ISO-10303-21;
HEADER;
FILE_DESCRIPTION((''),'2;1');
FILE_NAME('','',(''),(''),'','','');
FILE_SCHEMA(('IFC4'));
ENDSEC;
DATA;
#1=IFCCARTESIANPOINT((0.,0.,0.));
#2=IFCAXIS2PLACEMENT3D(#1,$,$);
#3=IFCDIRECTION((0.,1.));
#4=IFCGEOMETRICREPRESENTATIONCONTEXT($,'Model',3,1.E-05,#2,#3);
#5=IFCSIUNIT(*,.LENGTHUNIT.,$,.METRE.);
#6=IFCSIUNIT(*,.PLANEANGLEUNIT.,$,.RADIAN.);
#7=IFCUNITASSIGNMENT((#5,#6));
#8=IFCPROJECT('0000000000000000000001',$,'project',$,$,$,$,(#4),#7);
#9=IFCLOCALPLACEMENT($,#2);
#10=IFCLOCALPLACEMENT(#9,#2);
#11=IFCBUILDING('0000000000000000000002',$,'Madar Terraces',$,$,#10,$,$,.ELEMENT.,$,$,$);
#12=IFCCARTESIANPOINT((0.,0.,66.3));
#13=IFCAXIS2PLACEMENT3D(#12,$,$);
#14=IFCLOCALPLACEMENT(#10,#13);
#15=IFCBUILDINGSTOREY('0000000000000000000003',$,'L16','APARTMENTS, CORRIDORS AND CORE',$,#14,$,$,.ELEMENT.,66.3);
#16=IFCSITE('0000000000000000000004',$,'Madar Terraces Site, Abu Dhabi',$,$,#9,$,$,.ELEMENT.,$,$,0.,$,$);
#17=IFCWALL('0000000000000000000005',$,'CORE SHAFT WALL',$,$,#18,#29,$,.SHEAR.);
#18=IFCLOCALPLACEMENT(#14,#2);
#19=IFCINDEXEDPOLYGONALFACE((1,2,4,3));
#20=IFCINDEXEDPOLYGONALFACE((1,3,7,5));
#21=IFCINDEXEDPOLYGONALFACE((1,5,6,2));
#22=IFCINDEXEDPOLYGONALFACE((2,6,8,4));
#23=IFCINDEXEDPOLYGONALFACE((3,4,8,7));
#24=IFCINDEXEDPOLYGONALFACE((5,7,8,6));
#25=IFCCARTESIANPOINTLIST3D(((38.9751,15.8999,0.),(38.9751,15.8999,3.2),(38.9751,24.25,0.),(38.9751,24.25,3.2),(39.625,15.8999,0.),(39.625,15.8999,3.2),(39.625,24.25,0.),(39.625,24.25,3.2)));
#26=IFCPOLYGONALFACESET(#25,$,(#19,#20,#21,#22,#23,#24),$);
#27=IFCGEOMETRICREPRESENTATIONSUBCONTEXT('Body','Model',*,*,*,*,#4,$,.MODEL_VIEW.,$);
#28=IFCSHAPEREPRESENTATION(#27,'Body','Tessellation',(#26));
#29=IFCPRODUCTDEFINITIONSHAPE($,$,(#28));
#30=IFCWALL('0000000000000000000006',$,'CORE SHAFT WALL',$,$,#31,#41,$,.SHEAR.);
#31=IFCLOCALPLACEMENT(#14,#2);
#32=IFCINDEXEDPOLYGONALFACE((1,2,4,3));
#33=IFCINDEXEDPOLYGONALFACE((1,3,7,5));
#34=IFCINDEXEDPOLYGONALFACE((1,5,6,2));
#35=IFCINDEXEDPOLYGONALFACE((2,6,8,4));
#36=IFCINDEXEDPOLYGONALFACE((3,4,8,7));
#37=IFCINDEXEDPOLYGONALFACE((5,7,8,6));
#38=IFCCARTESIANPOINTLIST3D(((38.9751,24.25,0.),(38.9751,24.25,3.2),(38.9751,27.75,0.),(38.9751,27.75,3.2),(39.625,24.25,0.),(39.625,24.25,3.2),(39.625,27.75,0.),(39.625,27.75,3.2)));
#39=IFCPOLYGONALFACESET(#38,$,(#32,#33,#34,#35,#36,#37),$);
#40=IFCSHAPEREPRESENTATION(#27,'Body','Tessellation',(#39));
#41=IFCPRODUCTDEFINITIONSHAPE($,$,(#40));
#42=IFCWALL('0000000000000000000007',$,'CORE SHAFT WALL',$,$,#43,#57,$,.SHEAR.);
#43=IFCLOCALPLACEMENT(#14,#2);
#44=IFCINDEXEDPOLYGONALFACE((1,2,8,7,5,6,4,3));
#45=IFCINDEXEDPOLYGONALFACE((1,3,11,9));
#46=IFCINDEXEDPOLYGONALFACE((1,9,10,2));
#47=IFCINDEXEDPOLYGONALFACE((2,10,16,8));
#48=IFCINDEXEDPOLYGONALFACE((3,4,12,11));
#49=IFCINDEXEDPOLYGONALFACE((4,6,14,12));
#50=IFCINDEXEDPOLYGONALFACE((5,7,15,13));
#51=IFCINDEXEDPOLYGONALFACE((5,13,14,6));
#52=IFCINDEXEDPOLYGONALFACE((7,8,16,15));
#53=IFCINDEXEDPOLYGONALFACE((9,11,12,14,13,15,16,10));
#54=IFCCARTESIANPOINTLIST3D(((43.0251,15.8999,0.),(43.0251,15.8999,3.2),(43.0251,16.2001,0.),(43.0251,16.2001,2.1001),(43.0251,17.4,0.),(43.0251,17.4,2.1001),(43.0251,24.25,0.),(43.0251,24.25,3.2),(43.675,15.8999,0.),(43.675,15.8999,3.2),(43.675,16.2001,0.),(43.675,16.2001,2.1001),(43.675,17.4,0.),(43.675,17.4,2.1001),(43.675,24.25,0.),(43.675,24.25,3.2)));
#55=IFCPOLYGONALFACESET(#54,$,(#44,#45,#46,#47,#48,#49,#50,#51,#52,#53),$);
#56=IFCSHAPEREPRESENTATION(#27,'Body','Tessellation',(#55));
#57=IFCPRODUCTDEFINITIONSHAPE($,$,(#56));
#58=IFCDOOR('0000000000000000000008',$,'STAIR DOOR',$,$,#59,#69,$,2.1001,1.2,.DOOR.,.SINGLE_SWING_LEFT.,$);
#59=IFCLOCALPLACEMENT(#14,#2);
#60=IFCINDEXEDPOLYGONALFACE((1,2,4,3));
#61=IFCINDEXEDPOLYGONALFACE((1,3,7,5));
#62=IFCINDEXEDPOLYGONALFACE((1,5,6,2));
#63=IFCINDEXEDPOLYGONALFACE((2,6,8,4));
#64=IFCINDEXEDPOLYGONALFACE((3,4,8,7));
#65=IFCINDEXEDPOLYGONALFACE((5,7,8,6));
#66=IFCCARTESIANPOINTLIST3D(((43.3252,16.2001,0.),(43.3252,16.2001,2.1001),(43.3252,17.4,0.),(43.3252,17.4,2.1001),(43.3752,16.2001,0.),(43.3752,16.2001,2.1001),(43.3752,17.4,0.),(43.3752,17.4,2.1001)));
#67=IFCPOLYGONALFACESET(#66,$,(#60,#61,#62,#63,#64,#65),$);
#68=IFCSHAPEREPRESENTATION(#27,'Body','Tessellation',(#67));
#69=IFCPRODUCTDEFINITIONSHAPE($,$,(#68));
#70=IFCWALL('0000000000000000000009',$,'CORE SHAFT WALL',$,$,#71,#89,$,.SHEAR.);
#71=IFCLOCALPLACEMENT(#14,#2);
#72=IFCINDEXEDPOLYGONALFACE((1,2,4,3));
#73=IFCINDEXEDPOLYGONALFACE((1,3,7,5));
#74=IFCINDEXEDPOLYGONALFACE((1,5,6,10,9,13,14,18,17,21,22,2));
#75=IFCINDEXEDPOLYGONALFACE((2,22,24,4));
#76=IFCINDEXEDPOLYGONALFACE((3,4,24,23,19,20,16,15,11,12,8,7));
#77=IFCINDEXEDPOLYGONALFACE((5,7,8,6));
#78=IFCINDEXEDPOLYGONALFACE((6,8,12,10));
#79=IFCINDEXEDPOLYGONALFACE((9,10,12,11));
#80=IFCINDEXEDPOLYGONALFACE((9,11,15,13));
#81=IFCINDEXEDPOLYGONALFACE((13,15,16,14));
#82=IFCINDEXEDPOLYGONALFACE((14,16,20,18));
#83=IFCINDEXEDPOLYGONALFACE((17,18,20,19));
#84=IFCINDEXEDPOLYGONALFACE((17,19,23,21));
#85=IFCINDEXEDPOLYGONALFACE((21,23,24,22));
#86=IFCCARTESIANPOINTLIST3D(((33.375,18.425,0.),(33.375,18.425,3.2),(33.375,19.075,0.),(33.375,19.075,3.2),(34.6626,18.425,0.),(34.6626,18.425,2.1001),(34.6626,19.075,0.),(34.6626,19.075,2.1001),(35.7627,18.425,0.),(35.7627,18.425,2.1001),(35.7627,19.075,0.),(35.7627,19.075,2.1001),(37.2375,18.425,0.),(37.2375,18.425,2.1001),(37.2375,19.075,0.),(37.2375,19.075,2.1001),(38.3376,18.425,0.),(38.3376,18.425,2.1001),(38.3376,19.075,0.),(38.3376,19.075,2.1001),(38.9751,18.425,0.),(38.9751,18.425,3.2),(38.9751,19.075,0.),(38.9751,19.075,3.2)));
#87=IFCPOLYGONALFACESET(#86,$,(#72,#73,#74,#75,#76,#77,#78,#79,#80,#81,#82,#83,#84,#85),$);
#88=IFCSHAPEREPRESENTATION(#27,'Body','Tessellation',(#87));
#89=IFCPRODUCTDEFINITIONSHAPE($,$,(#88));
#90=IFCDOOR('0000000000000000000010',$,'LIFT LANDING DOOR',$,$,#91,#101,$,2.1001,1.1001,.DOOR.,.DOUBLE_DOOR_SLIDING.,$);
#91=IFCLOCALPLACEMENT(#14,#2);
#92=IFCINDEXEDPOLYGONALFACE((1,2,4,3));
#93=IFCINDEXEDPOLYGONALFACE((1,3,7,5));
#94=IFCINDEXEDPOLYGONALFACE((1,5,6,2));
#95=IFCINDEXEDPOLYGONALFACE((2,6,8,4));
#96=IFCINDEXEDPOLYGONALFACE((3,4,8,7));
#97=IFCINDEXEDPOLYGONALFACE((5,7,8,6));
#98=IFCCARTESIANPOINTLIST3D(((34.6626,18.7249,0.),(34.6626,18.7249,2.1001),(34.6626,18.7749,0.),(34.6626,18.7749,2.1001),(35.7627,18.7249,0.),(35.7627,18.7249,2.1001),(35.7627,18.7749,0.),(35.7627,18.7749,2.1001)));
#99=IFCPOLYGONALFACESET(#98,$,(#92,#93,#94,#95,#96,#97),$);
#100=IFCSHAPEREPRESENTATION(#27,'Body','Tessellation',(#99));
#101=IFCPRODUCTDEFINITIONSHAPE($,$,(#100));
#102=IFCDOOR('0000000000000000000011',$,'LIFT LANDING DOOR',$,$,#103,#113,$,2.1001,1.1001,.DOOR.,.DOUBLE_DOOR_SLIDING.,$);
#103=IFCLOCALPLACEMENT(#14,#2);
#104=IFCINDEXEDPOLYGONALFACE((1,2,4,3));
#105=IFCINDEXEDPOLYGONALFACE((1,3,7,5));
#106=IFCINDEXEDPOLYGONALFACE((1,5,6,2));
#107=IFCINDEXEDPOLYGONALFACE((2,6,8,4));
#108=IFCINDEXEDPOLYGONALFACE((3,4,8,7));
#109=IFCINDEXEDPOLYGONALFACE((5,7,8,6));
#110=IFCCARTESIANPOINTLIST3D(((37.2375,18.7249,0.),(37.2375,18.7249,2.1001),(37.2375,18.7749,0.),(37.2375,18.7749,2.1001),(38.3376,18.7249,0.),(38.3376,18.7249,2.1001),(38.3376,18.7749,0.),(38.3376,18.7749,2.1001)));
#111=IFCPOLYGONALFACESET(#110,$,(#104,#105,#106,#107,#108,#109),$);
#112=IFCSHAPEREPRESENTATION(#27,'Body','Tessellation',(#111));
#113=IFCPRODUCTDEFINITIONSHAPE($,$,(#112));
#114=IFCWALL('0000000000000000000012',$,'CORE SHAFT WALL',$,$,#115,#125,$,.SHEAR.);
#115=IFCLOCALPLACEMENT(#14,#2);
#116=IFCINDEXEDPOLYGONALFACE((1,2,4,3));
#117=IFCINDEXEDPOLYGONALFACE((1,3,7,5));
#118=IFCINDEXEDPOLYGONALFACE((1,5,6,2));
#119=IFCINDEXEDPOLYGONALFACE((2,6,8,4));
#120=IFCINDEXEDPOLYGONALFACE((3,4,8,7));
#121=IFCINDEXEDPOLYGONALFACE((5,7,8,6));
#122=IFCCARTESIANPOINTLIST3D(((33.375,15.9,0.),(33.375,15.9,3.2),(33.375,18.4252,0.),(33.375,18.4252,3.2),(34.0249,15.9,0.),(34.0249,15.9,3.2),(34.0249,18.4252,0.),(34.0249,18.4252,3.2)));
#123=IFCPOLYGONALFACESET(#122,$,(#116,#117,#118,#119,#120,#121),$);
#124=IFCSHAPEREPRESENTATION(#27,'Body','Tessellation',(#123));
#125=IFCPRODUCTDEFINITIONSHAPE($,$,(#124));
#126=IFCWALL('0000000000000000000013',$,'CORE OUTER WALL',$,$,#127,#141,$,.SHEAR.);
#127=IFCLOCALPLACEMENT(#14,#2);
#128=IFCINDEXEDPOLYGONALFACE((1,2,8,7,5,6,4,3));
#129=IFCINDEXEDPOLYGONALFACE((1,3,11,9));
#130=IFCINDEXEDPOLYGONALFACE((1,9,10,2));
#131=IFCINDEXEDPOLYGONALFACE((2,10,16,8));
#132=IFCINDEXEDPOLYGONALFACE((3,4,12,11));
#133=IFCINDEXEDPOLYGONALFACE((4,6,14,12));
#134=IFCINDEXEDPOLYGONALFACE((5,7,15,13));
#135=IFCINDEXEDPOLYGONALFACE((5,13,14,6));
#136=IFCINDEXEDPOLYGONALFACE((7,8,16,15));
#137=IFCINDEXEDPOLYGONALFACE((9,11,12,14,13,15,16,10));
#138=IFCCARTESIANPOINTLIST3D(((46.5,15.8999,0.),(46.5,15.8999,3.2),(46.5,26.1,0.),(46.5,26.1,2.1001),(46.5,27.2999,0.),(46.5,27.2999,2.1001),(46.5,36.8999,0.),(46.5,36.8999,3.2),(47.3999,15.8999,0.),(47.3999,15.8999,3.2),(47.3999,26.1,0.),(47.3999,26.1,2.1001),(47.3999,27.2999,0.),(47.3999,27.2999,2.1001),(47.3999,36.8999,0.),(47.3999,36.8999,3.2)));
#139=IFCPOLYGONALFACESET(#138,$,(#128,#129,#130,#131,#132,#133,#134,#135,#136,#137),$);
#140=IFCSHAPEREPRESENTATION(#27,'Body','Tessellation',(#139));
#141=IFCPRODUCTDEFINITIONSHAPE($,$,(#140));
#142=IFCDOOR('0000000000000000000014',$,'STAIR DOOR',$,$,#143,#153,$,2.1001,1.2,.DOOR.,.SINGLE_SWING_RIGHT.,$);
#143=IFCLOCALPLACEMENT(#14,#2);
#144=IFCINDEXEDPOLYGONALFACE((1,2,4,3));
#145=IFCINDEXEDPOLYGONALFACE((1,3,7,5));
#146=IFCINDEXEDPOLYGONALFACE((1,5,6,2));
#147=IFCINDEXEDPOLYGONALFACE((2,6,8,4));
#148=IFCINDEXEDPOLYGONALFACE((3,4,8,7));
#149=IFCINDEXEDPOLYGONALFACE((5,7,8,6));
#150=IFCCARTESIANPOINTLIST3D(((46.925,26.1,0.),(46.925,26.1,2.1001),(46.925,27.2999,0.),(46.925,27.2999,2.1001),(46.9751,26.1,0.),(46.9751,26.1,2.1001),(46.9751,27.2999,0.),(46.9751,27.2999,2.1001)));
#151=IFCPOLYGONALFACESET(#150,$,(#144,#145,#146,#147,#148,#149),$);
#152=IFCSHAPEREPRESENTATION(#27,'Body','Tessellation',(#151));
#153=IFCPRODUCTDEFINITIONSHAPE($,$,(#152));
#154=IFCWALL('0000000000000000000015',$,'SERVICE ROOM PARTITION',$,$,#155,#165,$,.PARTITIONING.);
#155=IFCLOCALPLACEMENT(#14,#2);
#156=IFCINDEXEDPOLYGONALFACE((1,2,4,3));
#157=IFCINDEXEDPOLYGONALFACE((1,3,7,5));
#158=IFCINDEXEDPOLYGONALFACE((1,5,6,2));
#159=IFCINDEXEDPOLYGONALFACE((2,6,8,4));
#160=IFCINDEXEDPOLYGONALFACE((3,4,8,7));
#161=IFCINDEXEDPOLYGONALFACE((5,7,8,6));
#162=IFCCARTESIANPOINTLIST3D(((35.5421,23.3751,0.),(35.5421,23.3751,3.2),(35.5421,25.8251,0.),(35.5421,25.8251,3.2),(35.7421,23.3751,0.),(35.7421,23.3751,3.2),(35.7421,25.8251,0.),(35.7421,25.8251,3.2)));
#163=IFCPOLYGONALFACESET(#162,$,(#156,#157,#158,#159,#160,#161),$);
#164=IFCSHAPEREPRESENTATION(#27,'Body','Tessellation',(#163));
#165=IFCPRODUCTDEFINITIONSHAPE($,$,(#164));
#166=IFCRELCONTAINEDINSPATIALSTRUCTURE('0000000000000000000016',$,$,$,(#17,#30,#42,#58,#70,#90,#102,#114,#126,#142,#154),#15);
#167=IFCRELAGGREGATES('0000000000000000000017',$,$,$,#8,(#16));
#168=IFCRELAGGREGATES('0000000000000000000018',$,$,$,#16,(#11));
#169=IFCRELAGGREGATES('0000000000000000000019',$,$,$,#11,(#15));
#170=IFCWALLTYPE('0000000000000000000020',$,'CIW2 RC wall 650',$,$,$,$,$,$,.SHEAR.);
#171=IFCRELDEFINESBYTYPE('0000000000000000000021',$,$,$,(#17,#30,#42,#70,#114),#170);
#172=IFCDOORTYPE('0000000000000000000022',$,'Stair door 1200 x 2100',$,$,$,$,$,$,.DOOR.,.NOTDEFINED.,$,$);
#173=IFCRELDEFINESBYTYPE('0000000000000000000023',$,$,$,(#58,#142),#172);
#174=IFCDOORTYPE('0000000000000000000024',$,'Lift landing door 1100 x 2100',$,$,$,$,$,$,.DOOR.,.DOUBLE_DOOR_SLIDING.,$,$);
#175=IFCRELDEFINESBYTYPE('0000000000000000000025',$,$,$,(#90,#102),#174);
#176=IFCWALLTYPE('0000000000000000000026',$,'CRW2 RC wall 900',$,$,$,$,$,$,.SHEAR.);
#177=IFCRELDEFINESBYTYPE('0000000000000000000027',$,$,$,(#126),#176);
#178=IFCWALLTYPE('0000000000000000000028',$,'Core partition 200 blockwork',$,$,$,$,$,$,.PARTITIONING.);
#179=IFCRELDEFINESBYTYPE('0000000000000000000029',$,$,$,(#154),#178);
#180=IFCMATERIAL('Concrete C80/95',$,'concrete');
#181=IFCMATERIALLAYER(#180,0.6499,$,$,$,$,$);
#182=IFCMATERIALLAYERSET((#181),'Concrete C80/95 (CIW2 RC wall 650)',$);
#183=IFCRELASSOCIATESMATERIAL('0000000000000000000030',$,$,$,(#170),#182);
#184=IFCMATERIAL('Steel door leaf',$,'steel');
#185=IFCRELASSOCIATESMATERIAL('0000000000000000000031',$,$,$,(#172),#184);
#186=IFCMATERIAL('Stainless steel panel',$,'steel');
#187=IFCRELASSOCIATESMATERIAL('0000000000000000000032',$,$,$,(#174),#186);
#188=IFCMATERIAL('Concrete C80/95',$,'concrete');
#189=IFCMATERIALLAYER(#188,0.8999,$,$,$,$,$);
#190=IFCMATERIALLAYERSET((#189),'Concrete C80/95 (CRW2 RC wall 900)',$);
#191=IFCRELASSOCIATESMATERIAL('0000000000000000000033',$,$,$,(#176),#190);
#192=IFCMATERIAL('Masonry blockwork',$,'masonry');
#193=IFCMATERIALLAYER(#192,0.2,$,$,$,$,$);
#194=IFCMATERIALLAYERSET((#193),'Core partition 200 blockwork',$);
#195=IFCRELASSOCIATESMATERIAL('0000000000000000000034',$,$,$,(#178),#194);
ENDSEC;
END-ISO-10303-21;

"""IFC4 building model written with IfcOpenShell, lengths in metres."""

from ifc_helpers import new_model, si_unit, direction, frame, frame_2d, origin, place, context, subcontext, project, spatial, rectangle, extrude, material, layer, layer_set, type_object, element, fill, save


model = new_model("IFC4")

# Units and contexts
model_context = context("Model", 3, precision=1e-05, world=origin(), true_north=direction((0.0, 1.0)))
body_context = subcontext(model_context, "Body", "Model", "MODEL_VIEW")
ifc_project = project(units=[si_unit("LENGTHUNIT", "METRE"), si_unit("PLANEANGLEUNIT", "RADIAN")], contexts=[model_context])

# Site, building, storey
site_placement = place(None, origin())
site = spatial("IfcSite", under=ifc_project, at=site_placement, Name="Madar Terraces Site, Abu Dhabi", CompositionType="ELEMENT", RefElevation=0.0)
building_placement = place(site_placement, origin())
building = spatial("IfcBuilding", under=site, at=building_placement, Name="Madar Terraces", CompositionType="ELEMENT")
storey_placement = place(building_placement, frame((0.0, 0.0, 66.3)))
storey = spatial("IfcBuildingStorey", under=building, at=storey_placement, Name="L16", Description="APARTMENTS, CORRIDORS AND CORE", CompositionType="ELEMENT", Elevation=66.3)

# Walls
ifc_material_1 = material(Name="Concrete C80/95", Category="concrete")
ifc_layer_1 = layer(ifc_material_1, 0.6499)
ifc_layer_set_1 = layer_set([ifc_layer_1], Name="Concrete C80/95 (CIW2 RC wall 650)")
wall_type_1 = type_object("IfcWallType", Name="CIW2 RC wall 650", PredefinedType="SHEAR", material=ifc_layer_set_1)
wall_1_placement = place(storey_placement, frame((39.3, 15.8999, 0.0), z_axis=(0.0, 0.0, 1.0), x_axis=(0.0, 1.0, 0.0)))
element("IfcWall", 1, at=wall_1_placement, inside=storey, type_object=wall_type_1, Name="CORE SHAFT WALL", PredefinedType="SHEAR", context=body_context, shape_type="SweptSolid", body=[
    extrude(rectangle(XDim=8.3501, YDim=0.6499, at=frame_2d((4.175, 0.0))), origin(), (0.0, 0.0, 1.0), 3.2),
])
wall_2_placement = place(storey_placement, frame((39.3, 24.25, 0.0), z_axis=(0.0, 0.0, 1.0), x_axis=(0.0, 1.0, 0.0)))
element("IfcWall", 2, at=wall_2_placement, inside=storey, type_object=wall_type_1, Name="CORE SHAFT WALL", PredefinedType="SHEAR", context=body_context, shape_type="SweptSolid", body=[
    extrude(rectangle(XDim=3.5, YDim=0.6499, at=frame_2d((1.75, 0.0))), origin(), (0.0, 0.0, 1.0), 3.2),
])

# Wall, opening, door
wall_3_placement = place(storey_placement, frame((43.3501, 15.8999, 0.0), z_axis=(0.0, 0.0, 1.0), x_axis=(0.0, 1.0, 0.0)))
wall_3 = element("IfcWall", 3, at=wall_3_placement, inside=storey, type_object=wall_type_1, Name="CORE SHAFT WALL", PredefinedType="SHEAR", context=body_context, shape_type="SweptSolid", body=[
    extrude(rectangle(XDim=8.3501, YDim=0.6499, at=frame_2d((4.175, 0.0))), origin(), (0.0, 0.0, 1.0), 3.2),
])
opening_1_placement = place(wall_3_placement, frame((0.3, 0.0, 0.0)))
opening_1 = element("IfcOpeningElement", 4, at=opening_1_placement, cuts=wall_3, PredefinedType="OPENING", context=body_context, shape_type="SweptSolid", body=[
    extrude(rectangle(XDim=1.2, YDim=2.1001, at=frame_2d((0.6001, 1.05))), frame((0.0, 0.335, 0.0), z_axis=(0.0, -1.0, 0.0), x_axis=(1.0, 0.0, 0.0)), (0.0, 0.0, 1.0), 0.6699),
])
ifc_material_2 = material(Name="Steel door leaf", Category="steel")
door_type_1 = type_object("IfcDoorType", Name="Stair door 1200 x 2100", OperationType="NOTDEFINED", PredefinedType="DOOR", material=ifc_material_2)
door_1_placement = place(opening_1_placement, origin())
door_1 = element("IfcDoor", 5, at=door_1_placement, inside=storey, type_object=door_type_1, Name="STAIR DOOR", OperationType="SINGLE_SWING_LEFT", OverallHeight=2.1001, OverallWidth=1.2, PredefinedType="DOOR", context=body_context, shape_type="SweptSolid", body=[
    extrude(rectangle(XDim=1.2, YDim=2.1001, at=frame_2d((0.6001, 1.05))), frame((0.0, 0.0249, 0.0), z_axis=(0.0, -1.0, 0.0), x_axis=(1.0, 0.0, 0.0)), (0.0, 0.0, 1.0), 0.05),
])
fill(opening_1, door_1)

# Wall, openings, doors
wall_4_placement = place(storey_placement, frame((33.375, 18.75, 0.0), z_axis=(0.0, 0.0, 1.0), x_axis=(1.0, 0.0, 0.0)))
wall_4 = element("IfcWall", 6, at=wall_4_placement, inside=storey, type_object=wall_type_1, Name="CORE SHAFT WALL", PredefinedType="SHEAR", context=body_context, shape_type="SweptSolid", body=[
    extrude(rectangle(XDim=5.6001, YDim=0.6499, at=frame_2d((2.8, 0.0))), origin(), (0.0, 0.0, 1.0), 3.2),
])
opening_2_placement = place(wall_4_placement, frame((1.2876, 0.0, 0.0)))
opening_2 = element("IfcOpeningElement", 7, at=opening_2_placement, cuts=wall_4, PredefinedType="OPENING", context=body_context, shape_type="SweptSolid", body=[
    extrude(rectangle(XDim=1.1001, YDim=2.1001, at=frame_2d((0.55, 1.05))), frame((0.0, 0.335, 0.0), z_axis=(0.0, -1.0, 0.0), x_axis=(1.0, 0.0, 0.0)), (0.0, 0.0, 1.0), 0.6699),
])
opening_3_placement = place(wall_4_placement, frame((3.8625, 0.0, 0.0)))
opening_3 = element("IfcOpeningElement", 8, at=opening_3_placement, cuts=wall_4, PredefinedType="OPENING", context=body_context, shape_type="SweptSolid", body=[
    extrude(rectangle(XDim=1.1001, YDim=2.1001, at=frame_2d((0.55, 1.05))), frame((0.0, 0.335, 0.0), z_axis=(0.0, -1.0, 0.0), x_axis=(1.0, 0.0, 0.0)), (0.0, 0.0, 1.0), 0.6699),
])
ifc_material_3 = material(Name="Stainless steel panel", Category="steel")
door_type_2 = type_object("IfcDoorType", Name="Lift landing door 1100 x 2100", OperationType="DOUBLE_DOOR_SLIDING", PredefinedType="DOOR", material=ifc_material_3)
door_2_placement = place(opening_2_placement, origin())
door_2 = element("IfcDoor", 9, at=door_2_placement, inside=storey, type_object=door_type_2, Name="LIFT LANDING DOOR", OperationType="DOUBLE_DOOR_SLIDING", OverallHeight=2.1001, OverallWidth=1.1001, PredefinedType="DOOR", context=body_context, shape_type="SweptSolid", body=[
    extrude(rectangle(XDim=1.1001, YDim=2.1001, at=frame_2d((0.55, 1.05))), frame((0.0, 0.0249, 0.0), z_axis=(0.0, -1.0, 0.0), x_axis=(1.0, 0.0, 0.0)), (0.0, 0.0, 1.0), 0.05),
])
fill(opening_2, door_2)
door_3_placement = place(opening_3_placement, origin())
door_3 = element("IfcDoor", 10, at=door_3_placement, inside=storey, type_object=door_type_2, Name="LIFT LANDING DOOR", OperationType="DOUBLE_DOOR_SLIDING", OverallHeight=2.1001, OverallWidth=1.1001, PredefinedType="DOOR", context=body_context, shape_type="SweptSolid", body=[
    extrude(rectangle(XDim=1.1001, YDim=2.1001, at=frame_2d((0.55, 1.05))), frame((0.0, 0.0249, 0.0), z_axis=(0.0, -1.0, 0.0), x_axis=(1.0, 0.0, 0.0)), (0.0, 0.0, 1.0), 0.05),
])
fill(opening_3, door_3)

# Wall
wall_5_placement = place(storey_placement, frame((33.7, 15.8999, 0.0), z_axis=(0.0, 0.0, 1.0), x_axis=(0.0, 1.0, 0.0)))
element("IfcWall", 11, at=wall_5_placement, inside=storey, type_object=wall_type_1, Name="CORE SHAFT WALL", PredefinedType="SHEAR", context=body_context, shape_type="SweptSolid", body=[
    extrude(rectangle(XDim=2.5251, YDim=0.6499, at=frame_2d((1.2627, 0.0))), origin(), (0.0, 0.0, 1.0), 3.2),
])

# Wall, opening, door
ifc_material_4 = material(Name="Concrete C80/95", Category="concrete")
ifc_layer_2 = layer(ifc_material_4, 0.8999)
ifc_layer_set_2 = layer_set([ifc_layer_2], Name="Concrete C80/95 (CRW2 RC wall 900)")
wall_type_2 = type_object("IfcWallType", Name="CRW2 RC wall 900", PredefinedType="SHEAR", material=ifc_layer_set_2)
wall_6_placement = place(storey_placement, frame((46.95, 15.8999, 0.0), z_axis=(0.0, 0.0, 1.0), x_axis=(0.0, 1.0, 0.0)))
wall_6 = element("IfcWall", 12, at=wall_6_placement, inside=storey, type_object=wall_type_2, Name="CORE OUTER WALL", PredefinedType="SHEAR", context=body_context, shape_type="SweptSolid", body=[
    extrude(rectangle(XDim=21.0, YDim=0.8999, at=frame_2d((10.5, 0.0))), origin(), (0.0, 0.0, 1.0), 3.2),
])
opening_4_placement = place(wall_6_placement, frame((10.2, 0.0, 0.0)))
opening_4 = element("IfcOpeningElement", 13, at=opening_4_placement, cuts=wall_6, PredefinedType="OPENING", context=body_context, shape_type="SweptSolid", body=[
    extrude(rectangle(XDim=1.2, YDim=2.1001, at=frame_2d((0.6001, 1.05))), frame((0.0, 0.46, 0.0), z_axis=(0.0, -1.0, 0.0), x_axis=(1.0, 0.0, 0.0)), (0.0, 0.0, 1.0), 0.9199),
])
door_4_placement = place(opening_4_placement, origin())
door_4 = element("IfcDoor", 14, at=door_4_placement, inside=storey, type_object=door_type_1, Name="STAIR DOOR", OperationType="SINGLE_SWING_RIGHT", OverallHeight=2.1001, OverallWidth=1.2, PredefinedType="DOOR", context=body_context, shape_type="SweptSolid", body=[
    extrude(rectangle(XDim=1.2, YDim=2.1001, at=frame_2d((0.6001, 1.05))), frame((0.0, 0.0249, 0.0), z_axis=(0.0, -1.0, 0.0), x_axis=(1.0, 0.0, 0.0)), (0.0, 0.0, 1.0), 0.05),
])
fill(opening_4, door_4)

# Wall
ifc_material_5 = material(Name="Masonry blockwork", Category="masonry")
ifc_layer_3 = layer(ifc_material_5, 0.2)
ifc_layer_set_3 = layer_set([ifc_layer_3], Name="Core partition 200 blockwork")
wall_type_3 = type_object("IfcWallType", Name="Core partition 200 blockwork", PredefinedType="PARTITIONING", material=ifc_layer_set_3)
wall_7_placement = place(storey_placement, frame((35.6421, 23.375, 0.0), z_axis=(0.0, 0.0, 1.0), x_axis=(0.0, 1.0, 0.0)))
element("IfcWall", 15, at=wall_7_placement, inside=storey, type_object=wall_type_3, Name="SERVICE ROOM PARTITION", PredefinedType="PARTITIONING", context=body_context, shape_type="SweptSolid", body=[
    extrude(rectangle(XDim=2.45, YDim=0.2, at=frame_2d((1.2251, 0.0))), origin(), (0.0, 0.0, 1.0), 3.2),
])

save(model, "model.ifc")
